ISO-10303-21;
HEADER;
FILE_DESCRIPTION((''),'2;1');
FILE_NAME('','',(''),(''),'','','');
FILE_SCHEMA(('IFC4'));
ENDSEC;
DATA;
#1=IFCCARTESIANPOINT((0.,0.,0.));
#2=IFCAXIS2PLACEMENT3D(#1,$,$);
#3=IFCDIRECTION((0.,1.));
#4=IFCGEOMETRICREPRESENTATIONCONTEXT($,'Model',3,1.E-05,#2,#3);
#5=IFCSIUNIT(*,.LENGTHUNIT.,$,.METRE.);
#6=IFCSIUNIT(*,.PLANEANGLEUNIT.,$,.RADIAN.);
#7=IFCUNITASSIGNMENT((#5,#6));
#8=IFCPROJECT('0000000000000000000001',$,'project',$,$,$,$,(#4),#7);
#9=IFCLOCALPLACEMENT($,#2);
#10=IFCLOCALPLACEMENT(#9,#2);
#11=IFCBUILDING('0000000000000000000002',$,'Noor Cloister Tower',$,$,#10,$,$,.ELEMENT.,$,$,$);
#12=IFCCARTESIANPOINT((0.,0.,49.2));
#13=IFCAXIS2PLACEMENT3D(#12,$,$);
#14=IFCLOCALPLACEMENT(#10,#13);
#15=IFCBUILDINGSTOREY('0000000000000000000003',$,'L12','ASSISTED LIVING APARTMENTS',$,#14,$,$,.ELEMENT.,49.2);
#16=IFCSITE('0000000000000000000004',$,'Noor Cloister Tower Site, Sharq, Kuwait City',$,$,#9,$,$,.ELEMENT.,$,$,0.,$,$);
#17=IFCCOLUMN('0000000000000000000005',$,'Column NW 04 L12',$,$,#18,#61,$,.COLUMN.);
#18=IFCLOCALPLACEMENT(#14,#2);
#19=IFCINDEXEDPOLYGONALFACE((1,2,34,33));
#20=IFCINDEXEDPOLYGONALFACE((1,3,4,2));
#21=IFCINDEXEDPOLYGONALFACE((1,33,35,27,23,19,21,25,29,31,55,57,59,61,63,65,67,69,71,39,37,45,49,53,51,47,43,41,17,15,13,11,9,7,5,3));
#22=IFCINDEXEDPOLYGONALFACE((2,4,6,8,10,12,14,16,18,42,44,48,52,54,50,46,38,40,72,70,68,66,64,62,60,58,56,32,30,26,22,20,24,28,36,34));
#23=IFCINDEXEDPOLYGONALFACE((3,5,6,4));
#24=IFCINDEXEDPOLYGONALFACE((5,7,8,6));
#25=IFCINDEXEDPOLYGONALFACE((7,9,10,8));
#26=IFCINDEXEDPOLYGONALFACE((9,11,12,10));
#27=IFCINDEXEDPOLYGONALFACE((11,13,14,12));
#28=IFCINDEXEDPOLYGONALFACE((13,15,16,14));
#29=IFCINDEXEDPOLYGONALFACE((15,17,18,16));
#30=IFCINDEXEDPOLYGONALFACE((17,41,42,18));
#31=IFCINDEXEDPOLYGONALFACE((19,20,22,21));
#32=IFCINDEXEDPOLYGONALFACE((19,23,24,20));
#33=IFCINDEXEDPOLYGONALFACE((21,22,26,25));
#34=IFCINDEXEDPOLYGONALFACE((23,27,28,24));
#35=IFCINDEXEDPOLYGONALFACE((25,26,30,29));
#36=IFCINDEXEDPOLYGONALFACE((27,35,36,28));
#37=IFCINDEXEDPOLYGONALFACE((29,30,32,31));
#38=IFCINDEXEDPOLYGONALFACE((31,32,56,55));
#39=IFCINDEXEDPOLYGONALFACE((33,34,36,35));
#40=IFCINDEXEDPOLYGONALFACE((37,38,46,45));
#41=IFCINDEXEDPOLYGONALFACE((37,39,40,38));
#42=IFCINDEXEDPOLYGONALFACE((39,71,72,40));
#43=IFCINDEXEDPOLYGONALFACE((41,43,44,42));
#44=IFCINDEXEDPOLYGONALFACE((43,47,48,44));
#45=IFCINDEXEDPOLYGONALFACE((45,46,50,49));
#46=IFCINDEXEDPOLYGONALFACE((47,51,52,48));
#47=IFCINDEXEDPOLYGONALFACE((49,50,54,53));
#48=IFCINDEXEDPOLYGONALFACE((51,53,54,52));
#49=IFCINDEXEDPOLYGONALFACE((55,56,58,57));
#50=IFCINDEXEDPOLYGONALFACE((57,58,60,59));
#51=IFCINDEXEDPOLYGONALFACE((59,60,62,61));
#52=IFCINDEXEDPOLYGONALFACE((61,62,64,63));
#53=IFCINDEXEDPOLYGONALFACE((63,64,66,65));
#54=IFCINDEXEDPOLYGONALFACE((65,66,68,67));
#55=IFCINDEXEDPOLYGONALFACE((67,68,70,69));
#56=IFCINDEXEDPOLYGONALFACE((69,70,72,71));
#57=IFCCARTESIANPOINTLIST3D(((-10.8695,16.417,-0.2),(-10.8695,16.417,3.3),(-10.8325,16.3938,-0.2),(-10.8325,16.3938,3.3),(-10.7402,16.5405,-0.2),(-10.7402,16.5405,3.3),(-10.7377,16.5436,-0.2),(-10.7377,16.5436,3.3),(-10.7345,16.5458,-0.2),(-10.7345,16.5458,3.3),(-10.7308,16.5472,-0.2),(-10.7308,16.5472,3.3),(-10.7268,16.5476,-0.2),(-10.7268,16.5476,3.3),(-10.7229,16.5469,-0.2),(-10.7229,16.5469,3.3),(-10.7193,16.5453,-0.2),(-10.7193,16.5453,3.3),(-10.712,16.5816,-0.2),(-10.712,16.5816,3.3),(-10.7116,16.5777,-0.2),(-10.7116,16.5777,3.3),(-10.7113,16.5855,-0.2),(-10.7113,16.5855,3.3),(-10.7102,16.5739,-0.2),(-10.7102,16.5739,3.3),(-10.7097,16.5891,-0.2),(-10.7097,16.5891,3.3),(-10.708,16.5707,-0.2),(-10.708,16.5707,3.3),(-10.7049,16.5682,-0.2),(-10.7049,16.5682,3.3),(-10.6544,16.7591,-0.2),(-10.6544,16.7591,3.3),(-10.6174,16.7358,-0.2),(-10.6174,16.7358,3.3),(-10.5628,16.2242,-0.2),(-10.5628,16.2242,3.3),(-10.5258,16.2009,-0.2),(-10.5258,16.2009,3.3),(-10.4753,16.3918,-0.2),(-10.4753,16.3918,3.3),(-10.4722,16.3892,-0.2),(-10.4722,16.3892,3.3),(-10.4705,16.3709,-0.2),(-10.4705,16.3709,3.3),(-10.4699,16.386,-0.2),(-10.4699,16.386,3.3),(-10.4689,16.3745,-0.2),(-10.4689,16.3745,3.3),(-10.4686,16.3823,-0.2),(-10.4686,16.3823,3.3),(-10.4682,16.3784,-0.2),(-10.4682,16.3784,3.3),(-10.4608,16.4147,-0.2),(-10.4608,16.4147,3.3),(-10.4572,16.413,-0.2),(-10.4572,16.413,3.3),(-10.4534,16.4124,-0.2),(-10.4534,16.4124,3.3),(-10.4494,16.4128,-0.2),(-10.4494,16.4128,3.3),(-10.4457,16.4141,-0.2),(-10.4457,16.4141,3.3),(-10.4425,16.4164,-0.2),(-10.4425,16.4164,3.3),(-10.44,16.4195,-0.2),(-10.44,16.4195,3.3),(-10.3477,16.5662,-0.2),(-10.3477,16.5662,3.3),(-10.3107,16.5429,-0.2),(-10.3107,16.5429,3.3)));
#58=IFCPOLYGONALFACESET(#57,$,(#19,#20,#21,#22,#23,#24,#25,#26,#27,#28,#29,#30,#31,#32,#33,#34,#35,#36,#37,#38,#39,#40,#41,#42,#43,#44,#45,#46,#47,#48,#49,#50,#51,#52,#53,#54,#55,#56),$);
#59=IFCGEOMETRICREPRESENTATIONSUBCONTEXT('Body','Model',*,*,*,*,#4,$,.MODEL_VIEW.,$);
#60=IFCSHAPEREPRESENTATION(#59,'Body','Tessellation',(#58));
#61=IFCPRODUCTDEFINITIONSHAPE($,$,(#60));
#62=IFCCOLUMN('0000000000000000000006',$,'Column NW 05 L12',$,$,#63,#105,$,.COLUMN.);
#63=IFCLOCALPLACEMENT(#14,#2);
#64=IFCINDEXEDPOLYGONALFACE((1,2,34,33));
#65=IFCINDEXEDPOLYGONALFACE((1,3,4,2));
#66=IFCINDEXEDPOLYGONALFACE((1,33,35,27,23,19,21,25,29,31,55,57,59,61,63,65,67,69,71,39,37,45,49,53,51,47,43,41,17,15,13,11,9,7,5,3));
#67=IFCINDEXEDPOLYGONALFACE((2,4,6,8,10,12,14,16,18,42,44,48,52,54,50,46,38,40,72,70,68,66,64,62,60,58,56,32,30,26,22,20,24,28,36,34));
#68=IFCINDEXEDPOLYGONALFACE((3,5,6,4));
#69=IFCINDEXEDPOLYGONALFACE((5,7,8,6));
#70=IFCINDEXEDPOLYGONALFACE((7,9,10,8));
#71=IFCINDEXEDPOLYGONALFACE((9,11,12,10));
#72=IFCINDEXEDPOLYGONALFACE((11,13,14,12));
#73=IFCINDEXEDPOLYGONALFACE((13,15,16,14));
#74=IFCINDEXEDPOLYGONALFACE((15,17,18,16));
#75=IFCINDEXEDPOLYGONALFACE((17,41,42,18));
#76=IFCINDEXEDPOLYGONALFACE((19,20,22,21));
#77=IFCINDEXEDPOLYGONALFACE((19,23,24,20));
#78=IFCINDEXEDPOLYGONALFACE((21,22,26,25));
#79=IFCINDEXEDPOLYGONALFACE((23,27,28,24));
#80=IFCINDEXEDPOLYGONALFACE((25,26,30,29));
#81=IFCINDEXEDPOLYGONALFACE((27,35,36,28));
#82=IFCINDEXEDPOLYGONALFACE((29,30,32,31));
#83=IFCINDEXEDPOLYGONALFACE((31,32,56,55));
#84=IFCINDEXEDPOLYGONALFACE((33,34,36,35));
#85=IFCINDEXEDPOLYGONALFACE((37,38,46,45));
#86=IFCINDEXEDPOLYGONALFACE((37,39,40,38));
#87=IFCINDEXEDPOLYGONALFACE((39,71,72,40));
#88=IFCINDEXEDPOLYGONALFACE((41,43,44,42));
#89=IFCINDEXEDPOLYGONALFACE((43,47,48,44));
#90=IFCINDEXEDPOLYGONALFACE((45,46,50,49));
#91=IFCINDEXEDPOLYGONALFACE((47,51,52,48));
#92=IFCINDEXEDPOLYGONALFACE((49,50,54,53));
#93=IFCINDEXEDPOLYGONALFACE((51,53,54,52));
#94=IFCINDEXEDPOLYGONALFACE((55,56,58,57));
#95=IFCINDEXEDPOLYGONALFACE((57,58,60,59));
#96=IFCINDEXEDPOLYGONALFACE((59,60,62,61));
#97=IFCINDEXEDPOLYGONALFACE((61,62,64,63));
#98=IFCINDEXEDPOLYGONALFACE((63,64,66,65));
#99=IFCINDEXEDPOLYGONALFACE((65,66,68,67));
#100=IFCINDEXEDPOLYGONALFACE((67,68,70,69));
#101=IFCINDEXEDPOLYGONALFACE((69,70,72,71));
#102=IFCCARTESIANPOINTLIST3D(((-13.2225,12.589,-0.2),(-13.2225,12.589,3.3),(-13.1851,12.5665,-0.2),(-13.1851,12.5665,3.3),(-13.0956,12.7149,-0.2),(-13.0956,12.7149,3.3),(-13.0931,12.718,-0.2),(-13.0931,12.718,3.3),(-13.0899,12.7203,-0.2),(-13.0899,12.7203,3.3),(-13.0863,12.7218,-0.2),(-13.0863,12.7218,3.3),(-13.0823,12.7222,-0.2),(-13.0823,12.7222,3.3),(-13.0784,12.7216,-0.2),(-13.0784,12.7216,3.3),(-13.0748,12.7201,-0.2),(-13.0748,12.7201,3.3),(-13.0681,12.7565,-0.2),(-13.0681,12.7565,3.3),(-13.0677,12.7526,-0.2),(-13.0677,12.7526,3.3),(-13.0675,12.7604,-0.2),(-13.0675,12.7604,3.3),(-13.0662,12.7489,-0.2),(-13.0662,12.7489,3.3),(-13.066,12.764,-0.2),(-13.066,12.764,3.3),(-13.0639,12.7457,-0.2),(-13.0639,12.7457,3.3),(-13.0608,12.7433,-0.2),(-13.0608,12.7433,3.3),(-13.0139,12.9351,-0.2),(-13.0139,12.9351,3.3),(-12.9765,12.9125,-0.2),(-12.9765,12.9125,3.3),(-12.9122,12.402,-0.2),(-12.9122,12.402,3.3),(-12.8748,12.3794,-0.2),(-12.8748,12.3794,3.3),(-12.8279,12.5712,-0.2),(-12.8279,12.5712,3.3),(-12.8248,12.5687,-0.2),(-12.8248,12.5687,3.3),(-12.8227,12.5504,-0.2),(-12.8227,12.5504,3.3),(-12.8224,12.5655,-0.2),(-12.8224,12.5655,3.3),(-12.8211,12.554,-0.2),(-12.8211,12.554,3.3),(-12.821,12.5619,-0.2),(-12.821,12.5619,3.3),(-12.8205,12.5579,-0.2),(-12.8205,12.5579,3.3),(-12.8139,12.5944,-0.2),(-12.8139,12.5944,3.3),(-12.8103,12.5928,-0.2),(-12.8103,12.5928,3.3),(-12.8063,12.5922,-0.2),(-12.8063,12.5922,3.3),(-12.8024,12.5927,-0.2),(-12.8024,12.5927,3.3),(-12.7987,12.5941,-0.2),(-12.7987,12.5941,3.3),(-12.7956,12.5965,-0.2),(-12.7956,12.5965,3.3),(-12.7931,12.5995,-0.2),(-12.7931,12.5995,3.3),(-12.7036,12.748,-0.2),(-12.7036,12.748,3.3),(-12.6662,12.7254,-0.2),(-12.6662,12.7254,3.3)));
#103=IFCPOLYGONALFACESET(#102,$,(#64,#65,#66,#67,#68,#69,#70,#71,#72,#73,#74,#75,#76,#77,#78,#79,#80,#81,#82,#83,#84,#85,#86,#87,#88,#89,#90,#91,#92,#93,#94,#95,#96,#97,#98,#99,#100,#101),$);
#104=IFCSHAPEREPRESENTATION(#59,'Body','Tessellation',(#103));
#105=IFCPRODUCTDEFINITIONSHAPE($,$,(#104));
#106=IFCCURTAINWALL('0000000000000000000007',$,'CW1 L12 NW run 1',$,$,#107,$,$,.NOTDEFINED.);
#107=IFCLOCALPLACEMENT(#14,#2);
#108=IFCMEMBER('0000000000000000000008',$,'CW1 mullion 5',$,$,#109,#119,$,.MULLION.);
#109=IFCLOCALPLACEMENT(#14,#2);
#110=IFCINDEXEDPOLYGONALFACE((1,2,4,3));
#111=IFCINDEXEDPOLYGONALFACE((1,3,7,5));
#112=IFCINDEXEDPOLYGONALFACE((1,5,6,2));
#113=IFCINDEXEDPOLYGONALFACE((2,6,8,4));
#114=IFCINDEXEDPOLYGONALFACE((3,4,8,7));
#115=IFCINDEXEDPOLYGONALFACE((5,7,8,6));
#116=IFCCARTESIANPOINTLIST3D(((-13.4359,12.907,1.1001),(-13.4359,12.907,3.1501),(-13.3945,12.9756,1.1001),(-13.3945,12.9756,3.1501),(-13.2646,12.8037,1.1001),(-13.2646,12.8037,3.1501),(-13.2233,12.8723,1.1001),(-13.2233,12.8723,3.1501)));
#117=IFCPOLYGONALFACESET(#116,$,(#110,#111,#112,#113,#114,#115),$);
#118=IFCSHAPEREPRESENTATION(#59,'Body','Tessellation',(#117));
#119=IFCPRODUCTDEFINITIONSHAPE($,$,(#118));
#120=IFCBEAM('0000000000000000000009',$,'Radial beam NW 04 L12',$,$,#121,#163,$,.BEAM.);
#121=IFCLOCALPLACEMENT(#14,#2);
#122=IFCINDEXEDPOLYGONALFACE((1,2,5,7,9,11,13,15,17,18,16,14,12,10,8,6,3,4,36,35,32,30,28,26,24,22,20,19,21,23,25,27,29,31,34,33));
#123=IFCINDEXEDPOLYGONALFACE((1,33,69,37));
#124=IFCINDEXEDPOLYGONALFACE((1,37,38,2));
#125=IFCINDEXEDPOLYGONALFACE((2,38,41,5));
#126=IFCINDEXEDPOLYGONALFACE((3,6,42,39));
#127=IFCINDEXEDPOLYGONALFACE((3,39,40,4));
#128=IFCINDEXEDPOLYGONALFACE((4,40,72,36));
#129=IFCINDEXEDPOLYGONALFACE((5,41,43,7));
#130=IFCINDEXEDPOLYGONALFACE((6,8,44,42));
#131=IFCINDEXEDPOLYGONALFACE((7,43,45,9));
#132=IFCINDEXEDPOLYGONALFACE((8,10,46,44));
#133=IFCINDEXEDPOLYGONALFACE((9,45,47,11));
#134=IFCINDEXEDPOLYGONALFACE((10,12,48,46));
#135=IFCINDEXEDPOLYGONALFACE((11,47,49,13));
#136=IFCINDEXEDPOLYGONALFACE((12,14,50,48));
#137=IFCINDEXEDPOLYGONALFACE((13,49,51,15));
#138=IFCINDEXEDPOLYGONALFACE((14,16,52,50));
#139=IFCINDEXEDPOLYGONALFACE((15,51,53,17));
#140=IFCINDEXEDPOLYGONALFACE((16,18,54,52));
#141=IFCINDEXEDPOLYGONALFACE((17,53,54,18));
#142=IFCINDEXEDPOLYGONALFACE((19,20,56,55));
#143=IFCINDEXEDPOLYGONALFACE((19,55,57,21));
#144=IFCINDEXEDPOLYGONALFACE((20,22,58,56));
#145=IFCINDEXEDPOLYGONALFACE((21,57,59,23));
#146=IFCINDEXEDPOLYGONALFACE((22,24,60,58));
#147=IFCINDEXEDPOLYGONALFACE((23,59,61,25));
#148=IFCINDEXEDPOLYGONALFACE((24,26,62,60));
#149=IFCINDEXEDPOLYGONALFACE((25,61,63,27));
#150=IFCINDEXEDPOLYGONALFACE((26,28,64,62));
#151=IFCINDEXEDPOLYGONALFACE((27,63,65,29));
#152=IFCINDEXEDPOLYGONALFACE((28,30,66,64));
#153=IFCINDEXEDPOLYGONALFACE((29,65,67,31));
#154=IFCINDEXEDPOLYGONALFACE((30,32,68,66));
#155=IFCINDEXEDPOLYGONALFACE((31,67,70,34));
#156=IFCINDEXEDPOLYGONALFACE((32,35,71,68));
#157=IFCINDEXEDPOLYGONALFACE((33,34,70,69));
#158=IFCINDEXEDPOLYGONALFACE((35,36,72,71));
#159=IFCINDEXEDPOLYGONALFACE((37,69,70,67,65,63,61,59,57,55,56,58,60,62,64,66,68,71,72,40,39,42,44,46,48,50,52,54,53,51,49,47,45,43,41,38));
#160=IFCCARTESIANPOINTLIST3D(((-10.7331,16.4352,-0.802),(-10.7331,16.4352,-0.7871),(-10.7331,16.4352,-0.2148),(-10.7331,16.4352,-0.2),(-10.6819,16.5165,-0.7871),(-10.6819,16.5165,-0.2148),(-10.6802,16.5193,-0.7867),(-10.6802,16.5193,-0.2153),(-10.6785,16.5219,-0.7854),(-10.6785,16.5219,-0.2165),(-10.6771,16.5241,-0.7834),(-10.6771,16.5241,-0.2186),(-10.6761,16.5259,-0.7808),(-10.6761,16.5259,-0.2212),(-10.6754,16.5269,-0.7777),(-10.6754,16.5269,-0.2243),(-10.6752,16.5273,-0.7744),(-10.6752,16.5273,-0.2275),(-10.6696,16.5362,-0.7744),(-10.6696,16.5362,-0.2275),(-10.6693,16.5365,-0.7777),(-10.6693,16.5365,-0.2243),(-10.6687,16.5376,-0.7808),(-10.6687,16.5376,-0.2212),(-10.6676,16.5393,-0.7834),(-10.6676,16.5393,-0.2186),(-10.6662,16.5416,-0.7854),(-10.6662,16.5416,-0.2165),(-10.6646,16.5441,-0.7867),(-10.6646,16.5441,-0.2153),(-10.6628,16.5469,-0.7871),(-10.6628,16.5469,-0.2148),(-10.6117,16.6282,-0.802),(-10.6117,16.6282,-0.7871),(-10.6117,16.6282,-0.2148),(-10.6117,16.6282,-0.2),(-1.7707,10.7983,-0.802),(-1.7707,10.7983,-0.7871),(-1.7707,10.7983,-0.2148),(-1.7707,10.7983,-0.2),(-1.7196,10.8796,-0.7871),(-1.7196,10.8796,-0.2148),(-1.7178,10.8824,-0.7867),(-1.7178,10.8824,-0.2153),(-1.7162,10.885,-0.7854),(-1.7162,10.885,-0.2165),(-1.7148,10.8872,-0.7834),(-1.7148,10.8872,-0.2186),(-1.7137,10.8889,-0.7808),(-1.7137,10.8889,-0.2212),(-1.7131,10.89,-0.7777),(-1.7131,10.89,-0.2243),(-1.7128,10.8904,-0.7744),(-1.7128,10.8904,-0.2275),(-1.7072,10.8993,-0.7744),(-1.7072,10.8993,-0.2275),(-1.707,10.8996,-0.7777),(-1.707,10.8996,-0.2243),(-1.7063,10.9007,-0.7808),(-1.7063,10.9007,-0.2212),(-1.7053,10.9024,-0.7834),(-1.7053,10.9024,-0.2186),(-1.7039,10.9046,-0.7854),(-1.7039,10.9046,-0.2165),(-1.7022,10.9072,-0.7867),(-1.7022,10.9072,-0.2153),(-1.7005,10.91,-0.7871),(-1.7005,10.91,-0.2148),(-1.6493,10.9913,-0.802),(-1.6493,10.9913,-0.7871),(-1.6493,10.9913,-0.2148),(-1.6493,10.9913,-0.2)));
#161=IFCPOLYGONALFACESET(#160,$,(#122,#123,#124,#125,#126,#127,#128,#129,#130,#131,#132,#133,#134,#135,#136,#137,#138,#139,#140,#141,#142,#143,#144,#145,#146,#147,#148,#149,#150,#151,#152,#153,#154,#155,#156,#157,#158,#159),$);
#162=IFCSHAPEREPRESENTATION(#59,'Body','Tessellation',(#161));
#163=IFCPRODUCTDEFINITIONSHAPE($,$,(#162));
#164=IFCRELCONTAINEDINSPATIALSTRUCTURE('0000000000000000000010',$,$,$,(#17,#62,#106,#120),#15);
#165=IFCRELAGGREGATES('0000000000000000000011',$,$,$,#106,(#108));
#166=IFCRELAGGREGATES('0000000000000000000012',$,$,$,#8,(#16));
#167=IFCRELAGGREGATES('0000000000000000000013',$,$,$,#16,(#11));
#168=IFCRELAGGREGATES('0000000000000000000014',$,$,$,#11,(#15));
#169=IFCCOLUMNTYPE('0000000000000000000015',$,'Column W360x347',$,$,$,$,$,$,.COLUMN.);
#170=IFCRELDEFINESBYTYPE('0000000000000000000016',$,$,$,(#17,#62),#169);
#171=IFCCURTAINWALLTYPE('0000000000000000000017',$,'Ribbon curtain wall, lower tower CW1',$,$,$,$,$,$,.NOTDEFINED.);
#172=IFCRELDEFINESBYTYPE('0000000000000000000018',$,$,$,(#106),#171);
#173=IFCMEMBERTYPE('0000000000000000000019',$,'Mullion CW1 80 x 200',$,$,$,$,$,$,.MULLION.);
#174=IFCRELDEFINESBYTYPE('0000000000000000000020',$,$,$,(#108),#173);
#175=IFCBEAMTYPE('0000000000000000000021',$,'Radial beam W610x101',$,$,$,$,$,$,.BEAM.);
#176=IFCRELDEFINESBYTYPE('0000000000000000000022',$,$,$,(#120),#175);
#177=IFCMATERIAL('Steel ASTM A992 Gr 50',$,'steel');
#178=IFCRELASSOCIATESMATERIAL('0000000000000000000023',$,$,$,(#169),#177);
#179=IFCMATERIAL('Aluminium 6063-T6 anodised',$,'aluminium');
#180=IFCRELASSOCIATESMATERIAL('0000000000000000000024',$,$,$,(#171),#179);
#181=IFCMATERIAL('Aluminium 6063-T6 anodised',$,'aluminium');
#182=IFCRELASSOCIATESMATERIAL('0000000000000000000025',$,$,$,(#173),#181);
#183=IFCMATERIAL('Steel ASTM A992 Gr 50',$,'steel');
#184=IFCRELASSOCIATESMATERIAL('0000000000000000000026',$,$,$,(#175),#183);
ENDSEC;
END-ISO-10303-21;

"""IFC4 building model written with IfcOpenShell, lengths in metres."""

from ifc_helpers import new_model, si_unit, direction, frame, origin, origin_2d, place, context, subcontext, project, spatial, rectangle, i_section, extrude, material, material_profile, profile_set, type_object, element, aggregate, save


model = new_model("IFC4")

# Units and contexts
model_context = context("Model", 3, precision=1e-05, world=origin(), true_north=direction((0.0, 1.0)))
body_context = subcontext(model_context, "Body", "Model", "MODEL_VIEW")
ifc_project = project(units=[si_unit("LENGTHUNIT", "METRE"), si_unit("PLANEANGLEUNIT", "RADIAN")], contexts=[model_context])

# Site, building, storey
site_placement = place(None, origin())
site = spatial("IfcSite", under=ifc_project, at=site_placement, Name="Noor Cloister Tower Site, Sharq, Kuwait City", CompositionType="ELEMENT", RefElevation=0.0)
building_placement = place(site_placement, origin())
building = spatial("IfcBuilding", under=site, at=building_placement, Name="Noor Cloister Tower", CompositionType="ELEMENT")
storey_placement = place(building_placement, frame((0.0, 0.0, 49.2)))
storey = spatial("IfcBuildingStorey", under=building, at=storey_placement, Name="L12", Description="ASSISTED LIVING APARTMENTS", CompositionType="ELEMENT", Elevation=49.2)

# Columns
ifc_material_1 = material(Name="Steel ASTM A992 Gr 50", Category="steel")
ifc_material_profile_1 = material_profile(ifc_material_1, i_section(OverallWidth=0.4041, OverallDepth=0.406, WebThickness=0.0271, FlangeThickness=0.0437, FilletRadius=0.0151, at=origin_2d()), Name="W360x347")
ifc_profile_set_1 = profile_set([ifc_material_profile_1], Name="Steel ASTM A992 Gr 50")
column_type = type_object("IfcColumnType", Name="Column W360x347", PredefinedType="COLUMN", material=ifc_profile_set_1)
for number, where, z_axis, x_axis, name in (
    (1, (-10.5901, 16.48, -0.2), (0.0, 0.0, 1.0), (-0.532398, -0.846494, 0.0), "Column NW 04 L12"),
    (2, (-12.9443, 12.6572, -0.2), (0.0, 0.0, 1.0), (-0.516291, -0.856413, 0.0), "Column NW 05 L12"),
):
    element("IfcColumn", number, at=place(storey_placement, frame(where, z_axis=z_axis, x_axis=x_axis)), inside=storey, type_object=column_type, Name=name, PredefinedType="COLUMN", context=body_context, shape_type="SweptSolid", body=[
        extrude(i_section(OverallWidth=0.4041, OverallDepth=0.406, WebThickness=0.0271, FlangeThickness=0.0437, FilletRadius=0.0151, at=origin_2d()), origin(), (0.0, 0.0, 1.0), 3.5),
    ])

# Curtain wall, member
ifc_material_2 = material(Name="Aluminium 6063-T6 anodised", Category="aluminium")
curtain_wall_type = type_object("IfcCurtainWallType", Name="Ribbon curtain wall, lower tower CW1", PredefinedType="NOTDEFINED", material=ifc_material_2)
curtain_wall_placement = place(storey_placement, origin())
curtain_wall = element("IfcCurtainWall", 3, at=curtain_wall_placement, inside=storey, type_object=curtain_wall_type, Name="CW1 L12 NW run 1", PredefinedType="NOTDEFINED")
ifc_material_3 = material(Name="Aluminium 6063-T6 anodised", Category="aluminium")
ifc_material_profile_2 = material_profile(ifc_material_3, rectangle(XDim=0.2, YDim=0.0801, at=origin_2d()), Name="200 x 80 mullion")
ifc_profile_set_2 = profile_set([ifc_material_profile_2], Name="Aluminium 6063-T6 anodised")
member_type = type_object("IfcMemberType", Name="Mullion CW1 80 x 200", PredefinedType="MULLION", material=ifc_profile_set_2)
member_placement = place(storey_placement, frame((-13.3296, 12.8896, 1.1001), z_axis=(0.0, 0.0, 1.0), x_axis=(0.856413, -0.516291, 0.0)))
member = element("IfcMember", 4, at=member_placement, type_object=member_type, Name="CW1 mullion 5", PredefinedType="MULLION", context=body_context, shape_type="SweptSolid", body=[
    extrude(rectangle(XDim=0.2, YDim=0.0801, at=origin_2d()), origin(), (0.0, 0.0, 1.0), 2.05),
])

# Beam
ifc_material_4 = material(Name="Steel ASTM A992 Gr 50", Category="steel")
ifc_material_profile_3 = material_profile(ifc_material_4, i_section(OverallWidth=0.228, OverallDepth=0.6021, WebThickness=0.0105, FlangeThickness=0.0149, FilletRadius=0.0127, at=origin_2d()), Name="W610x101")
ifc_profile_set_3 = profile_set([ifc_material_profile_3], Name="Steel ASTM A992 Gr 50")
beam_type_1 = type_object("IfcBeamType", Name="Radial beam W610x101", PredefinedType="BEAM", material=ifc_profile_set_3)
beam_1_placement = place(storey_placement, frame((-10.6724, 16.5317, -0.501), z_axis=(0.84649, -0.532405, 0.0), x_axis=(0.532405, 0.84649, 0.0)))
element("IfcBeam", 5, at=beam_1_placement, inside=storey, type_object=beam_type_1, Name="Radial beam NW 04 L12", PredefinedType="BEAM", context=body_context, shape_type="SweptSolid", body=[
    extrude(i_section(OverallWidth=0.228, OverallDepth=0.6021, WebThickness=0.0105, FlangeThickness=0.0149, FilletRadius=0.0127, at=origin_2d()), origin(), (0.0, 0.0, 1.0), 10.5876),
])

aggregate(curtain_wall, [member])

save(model, "model.ifc")
